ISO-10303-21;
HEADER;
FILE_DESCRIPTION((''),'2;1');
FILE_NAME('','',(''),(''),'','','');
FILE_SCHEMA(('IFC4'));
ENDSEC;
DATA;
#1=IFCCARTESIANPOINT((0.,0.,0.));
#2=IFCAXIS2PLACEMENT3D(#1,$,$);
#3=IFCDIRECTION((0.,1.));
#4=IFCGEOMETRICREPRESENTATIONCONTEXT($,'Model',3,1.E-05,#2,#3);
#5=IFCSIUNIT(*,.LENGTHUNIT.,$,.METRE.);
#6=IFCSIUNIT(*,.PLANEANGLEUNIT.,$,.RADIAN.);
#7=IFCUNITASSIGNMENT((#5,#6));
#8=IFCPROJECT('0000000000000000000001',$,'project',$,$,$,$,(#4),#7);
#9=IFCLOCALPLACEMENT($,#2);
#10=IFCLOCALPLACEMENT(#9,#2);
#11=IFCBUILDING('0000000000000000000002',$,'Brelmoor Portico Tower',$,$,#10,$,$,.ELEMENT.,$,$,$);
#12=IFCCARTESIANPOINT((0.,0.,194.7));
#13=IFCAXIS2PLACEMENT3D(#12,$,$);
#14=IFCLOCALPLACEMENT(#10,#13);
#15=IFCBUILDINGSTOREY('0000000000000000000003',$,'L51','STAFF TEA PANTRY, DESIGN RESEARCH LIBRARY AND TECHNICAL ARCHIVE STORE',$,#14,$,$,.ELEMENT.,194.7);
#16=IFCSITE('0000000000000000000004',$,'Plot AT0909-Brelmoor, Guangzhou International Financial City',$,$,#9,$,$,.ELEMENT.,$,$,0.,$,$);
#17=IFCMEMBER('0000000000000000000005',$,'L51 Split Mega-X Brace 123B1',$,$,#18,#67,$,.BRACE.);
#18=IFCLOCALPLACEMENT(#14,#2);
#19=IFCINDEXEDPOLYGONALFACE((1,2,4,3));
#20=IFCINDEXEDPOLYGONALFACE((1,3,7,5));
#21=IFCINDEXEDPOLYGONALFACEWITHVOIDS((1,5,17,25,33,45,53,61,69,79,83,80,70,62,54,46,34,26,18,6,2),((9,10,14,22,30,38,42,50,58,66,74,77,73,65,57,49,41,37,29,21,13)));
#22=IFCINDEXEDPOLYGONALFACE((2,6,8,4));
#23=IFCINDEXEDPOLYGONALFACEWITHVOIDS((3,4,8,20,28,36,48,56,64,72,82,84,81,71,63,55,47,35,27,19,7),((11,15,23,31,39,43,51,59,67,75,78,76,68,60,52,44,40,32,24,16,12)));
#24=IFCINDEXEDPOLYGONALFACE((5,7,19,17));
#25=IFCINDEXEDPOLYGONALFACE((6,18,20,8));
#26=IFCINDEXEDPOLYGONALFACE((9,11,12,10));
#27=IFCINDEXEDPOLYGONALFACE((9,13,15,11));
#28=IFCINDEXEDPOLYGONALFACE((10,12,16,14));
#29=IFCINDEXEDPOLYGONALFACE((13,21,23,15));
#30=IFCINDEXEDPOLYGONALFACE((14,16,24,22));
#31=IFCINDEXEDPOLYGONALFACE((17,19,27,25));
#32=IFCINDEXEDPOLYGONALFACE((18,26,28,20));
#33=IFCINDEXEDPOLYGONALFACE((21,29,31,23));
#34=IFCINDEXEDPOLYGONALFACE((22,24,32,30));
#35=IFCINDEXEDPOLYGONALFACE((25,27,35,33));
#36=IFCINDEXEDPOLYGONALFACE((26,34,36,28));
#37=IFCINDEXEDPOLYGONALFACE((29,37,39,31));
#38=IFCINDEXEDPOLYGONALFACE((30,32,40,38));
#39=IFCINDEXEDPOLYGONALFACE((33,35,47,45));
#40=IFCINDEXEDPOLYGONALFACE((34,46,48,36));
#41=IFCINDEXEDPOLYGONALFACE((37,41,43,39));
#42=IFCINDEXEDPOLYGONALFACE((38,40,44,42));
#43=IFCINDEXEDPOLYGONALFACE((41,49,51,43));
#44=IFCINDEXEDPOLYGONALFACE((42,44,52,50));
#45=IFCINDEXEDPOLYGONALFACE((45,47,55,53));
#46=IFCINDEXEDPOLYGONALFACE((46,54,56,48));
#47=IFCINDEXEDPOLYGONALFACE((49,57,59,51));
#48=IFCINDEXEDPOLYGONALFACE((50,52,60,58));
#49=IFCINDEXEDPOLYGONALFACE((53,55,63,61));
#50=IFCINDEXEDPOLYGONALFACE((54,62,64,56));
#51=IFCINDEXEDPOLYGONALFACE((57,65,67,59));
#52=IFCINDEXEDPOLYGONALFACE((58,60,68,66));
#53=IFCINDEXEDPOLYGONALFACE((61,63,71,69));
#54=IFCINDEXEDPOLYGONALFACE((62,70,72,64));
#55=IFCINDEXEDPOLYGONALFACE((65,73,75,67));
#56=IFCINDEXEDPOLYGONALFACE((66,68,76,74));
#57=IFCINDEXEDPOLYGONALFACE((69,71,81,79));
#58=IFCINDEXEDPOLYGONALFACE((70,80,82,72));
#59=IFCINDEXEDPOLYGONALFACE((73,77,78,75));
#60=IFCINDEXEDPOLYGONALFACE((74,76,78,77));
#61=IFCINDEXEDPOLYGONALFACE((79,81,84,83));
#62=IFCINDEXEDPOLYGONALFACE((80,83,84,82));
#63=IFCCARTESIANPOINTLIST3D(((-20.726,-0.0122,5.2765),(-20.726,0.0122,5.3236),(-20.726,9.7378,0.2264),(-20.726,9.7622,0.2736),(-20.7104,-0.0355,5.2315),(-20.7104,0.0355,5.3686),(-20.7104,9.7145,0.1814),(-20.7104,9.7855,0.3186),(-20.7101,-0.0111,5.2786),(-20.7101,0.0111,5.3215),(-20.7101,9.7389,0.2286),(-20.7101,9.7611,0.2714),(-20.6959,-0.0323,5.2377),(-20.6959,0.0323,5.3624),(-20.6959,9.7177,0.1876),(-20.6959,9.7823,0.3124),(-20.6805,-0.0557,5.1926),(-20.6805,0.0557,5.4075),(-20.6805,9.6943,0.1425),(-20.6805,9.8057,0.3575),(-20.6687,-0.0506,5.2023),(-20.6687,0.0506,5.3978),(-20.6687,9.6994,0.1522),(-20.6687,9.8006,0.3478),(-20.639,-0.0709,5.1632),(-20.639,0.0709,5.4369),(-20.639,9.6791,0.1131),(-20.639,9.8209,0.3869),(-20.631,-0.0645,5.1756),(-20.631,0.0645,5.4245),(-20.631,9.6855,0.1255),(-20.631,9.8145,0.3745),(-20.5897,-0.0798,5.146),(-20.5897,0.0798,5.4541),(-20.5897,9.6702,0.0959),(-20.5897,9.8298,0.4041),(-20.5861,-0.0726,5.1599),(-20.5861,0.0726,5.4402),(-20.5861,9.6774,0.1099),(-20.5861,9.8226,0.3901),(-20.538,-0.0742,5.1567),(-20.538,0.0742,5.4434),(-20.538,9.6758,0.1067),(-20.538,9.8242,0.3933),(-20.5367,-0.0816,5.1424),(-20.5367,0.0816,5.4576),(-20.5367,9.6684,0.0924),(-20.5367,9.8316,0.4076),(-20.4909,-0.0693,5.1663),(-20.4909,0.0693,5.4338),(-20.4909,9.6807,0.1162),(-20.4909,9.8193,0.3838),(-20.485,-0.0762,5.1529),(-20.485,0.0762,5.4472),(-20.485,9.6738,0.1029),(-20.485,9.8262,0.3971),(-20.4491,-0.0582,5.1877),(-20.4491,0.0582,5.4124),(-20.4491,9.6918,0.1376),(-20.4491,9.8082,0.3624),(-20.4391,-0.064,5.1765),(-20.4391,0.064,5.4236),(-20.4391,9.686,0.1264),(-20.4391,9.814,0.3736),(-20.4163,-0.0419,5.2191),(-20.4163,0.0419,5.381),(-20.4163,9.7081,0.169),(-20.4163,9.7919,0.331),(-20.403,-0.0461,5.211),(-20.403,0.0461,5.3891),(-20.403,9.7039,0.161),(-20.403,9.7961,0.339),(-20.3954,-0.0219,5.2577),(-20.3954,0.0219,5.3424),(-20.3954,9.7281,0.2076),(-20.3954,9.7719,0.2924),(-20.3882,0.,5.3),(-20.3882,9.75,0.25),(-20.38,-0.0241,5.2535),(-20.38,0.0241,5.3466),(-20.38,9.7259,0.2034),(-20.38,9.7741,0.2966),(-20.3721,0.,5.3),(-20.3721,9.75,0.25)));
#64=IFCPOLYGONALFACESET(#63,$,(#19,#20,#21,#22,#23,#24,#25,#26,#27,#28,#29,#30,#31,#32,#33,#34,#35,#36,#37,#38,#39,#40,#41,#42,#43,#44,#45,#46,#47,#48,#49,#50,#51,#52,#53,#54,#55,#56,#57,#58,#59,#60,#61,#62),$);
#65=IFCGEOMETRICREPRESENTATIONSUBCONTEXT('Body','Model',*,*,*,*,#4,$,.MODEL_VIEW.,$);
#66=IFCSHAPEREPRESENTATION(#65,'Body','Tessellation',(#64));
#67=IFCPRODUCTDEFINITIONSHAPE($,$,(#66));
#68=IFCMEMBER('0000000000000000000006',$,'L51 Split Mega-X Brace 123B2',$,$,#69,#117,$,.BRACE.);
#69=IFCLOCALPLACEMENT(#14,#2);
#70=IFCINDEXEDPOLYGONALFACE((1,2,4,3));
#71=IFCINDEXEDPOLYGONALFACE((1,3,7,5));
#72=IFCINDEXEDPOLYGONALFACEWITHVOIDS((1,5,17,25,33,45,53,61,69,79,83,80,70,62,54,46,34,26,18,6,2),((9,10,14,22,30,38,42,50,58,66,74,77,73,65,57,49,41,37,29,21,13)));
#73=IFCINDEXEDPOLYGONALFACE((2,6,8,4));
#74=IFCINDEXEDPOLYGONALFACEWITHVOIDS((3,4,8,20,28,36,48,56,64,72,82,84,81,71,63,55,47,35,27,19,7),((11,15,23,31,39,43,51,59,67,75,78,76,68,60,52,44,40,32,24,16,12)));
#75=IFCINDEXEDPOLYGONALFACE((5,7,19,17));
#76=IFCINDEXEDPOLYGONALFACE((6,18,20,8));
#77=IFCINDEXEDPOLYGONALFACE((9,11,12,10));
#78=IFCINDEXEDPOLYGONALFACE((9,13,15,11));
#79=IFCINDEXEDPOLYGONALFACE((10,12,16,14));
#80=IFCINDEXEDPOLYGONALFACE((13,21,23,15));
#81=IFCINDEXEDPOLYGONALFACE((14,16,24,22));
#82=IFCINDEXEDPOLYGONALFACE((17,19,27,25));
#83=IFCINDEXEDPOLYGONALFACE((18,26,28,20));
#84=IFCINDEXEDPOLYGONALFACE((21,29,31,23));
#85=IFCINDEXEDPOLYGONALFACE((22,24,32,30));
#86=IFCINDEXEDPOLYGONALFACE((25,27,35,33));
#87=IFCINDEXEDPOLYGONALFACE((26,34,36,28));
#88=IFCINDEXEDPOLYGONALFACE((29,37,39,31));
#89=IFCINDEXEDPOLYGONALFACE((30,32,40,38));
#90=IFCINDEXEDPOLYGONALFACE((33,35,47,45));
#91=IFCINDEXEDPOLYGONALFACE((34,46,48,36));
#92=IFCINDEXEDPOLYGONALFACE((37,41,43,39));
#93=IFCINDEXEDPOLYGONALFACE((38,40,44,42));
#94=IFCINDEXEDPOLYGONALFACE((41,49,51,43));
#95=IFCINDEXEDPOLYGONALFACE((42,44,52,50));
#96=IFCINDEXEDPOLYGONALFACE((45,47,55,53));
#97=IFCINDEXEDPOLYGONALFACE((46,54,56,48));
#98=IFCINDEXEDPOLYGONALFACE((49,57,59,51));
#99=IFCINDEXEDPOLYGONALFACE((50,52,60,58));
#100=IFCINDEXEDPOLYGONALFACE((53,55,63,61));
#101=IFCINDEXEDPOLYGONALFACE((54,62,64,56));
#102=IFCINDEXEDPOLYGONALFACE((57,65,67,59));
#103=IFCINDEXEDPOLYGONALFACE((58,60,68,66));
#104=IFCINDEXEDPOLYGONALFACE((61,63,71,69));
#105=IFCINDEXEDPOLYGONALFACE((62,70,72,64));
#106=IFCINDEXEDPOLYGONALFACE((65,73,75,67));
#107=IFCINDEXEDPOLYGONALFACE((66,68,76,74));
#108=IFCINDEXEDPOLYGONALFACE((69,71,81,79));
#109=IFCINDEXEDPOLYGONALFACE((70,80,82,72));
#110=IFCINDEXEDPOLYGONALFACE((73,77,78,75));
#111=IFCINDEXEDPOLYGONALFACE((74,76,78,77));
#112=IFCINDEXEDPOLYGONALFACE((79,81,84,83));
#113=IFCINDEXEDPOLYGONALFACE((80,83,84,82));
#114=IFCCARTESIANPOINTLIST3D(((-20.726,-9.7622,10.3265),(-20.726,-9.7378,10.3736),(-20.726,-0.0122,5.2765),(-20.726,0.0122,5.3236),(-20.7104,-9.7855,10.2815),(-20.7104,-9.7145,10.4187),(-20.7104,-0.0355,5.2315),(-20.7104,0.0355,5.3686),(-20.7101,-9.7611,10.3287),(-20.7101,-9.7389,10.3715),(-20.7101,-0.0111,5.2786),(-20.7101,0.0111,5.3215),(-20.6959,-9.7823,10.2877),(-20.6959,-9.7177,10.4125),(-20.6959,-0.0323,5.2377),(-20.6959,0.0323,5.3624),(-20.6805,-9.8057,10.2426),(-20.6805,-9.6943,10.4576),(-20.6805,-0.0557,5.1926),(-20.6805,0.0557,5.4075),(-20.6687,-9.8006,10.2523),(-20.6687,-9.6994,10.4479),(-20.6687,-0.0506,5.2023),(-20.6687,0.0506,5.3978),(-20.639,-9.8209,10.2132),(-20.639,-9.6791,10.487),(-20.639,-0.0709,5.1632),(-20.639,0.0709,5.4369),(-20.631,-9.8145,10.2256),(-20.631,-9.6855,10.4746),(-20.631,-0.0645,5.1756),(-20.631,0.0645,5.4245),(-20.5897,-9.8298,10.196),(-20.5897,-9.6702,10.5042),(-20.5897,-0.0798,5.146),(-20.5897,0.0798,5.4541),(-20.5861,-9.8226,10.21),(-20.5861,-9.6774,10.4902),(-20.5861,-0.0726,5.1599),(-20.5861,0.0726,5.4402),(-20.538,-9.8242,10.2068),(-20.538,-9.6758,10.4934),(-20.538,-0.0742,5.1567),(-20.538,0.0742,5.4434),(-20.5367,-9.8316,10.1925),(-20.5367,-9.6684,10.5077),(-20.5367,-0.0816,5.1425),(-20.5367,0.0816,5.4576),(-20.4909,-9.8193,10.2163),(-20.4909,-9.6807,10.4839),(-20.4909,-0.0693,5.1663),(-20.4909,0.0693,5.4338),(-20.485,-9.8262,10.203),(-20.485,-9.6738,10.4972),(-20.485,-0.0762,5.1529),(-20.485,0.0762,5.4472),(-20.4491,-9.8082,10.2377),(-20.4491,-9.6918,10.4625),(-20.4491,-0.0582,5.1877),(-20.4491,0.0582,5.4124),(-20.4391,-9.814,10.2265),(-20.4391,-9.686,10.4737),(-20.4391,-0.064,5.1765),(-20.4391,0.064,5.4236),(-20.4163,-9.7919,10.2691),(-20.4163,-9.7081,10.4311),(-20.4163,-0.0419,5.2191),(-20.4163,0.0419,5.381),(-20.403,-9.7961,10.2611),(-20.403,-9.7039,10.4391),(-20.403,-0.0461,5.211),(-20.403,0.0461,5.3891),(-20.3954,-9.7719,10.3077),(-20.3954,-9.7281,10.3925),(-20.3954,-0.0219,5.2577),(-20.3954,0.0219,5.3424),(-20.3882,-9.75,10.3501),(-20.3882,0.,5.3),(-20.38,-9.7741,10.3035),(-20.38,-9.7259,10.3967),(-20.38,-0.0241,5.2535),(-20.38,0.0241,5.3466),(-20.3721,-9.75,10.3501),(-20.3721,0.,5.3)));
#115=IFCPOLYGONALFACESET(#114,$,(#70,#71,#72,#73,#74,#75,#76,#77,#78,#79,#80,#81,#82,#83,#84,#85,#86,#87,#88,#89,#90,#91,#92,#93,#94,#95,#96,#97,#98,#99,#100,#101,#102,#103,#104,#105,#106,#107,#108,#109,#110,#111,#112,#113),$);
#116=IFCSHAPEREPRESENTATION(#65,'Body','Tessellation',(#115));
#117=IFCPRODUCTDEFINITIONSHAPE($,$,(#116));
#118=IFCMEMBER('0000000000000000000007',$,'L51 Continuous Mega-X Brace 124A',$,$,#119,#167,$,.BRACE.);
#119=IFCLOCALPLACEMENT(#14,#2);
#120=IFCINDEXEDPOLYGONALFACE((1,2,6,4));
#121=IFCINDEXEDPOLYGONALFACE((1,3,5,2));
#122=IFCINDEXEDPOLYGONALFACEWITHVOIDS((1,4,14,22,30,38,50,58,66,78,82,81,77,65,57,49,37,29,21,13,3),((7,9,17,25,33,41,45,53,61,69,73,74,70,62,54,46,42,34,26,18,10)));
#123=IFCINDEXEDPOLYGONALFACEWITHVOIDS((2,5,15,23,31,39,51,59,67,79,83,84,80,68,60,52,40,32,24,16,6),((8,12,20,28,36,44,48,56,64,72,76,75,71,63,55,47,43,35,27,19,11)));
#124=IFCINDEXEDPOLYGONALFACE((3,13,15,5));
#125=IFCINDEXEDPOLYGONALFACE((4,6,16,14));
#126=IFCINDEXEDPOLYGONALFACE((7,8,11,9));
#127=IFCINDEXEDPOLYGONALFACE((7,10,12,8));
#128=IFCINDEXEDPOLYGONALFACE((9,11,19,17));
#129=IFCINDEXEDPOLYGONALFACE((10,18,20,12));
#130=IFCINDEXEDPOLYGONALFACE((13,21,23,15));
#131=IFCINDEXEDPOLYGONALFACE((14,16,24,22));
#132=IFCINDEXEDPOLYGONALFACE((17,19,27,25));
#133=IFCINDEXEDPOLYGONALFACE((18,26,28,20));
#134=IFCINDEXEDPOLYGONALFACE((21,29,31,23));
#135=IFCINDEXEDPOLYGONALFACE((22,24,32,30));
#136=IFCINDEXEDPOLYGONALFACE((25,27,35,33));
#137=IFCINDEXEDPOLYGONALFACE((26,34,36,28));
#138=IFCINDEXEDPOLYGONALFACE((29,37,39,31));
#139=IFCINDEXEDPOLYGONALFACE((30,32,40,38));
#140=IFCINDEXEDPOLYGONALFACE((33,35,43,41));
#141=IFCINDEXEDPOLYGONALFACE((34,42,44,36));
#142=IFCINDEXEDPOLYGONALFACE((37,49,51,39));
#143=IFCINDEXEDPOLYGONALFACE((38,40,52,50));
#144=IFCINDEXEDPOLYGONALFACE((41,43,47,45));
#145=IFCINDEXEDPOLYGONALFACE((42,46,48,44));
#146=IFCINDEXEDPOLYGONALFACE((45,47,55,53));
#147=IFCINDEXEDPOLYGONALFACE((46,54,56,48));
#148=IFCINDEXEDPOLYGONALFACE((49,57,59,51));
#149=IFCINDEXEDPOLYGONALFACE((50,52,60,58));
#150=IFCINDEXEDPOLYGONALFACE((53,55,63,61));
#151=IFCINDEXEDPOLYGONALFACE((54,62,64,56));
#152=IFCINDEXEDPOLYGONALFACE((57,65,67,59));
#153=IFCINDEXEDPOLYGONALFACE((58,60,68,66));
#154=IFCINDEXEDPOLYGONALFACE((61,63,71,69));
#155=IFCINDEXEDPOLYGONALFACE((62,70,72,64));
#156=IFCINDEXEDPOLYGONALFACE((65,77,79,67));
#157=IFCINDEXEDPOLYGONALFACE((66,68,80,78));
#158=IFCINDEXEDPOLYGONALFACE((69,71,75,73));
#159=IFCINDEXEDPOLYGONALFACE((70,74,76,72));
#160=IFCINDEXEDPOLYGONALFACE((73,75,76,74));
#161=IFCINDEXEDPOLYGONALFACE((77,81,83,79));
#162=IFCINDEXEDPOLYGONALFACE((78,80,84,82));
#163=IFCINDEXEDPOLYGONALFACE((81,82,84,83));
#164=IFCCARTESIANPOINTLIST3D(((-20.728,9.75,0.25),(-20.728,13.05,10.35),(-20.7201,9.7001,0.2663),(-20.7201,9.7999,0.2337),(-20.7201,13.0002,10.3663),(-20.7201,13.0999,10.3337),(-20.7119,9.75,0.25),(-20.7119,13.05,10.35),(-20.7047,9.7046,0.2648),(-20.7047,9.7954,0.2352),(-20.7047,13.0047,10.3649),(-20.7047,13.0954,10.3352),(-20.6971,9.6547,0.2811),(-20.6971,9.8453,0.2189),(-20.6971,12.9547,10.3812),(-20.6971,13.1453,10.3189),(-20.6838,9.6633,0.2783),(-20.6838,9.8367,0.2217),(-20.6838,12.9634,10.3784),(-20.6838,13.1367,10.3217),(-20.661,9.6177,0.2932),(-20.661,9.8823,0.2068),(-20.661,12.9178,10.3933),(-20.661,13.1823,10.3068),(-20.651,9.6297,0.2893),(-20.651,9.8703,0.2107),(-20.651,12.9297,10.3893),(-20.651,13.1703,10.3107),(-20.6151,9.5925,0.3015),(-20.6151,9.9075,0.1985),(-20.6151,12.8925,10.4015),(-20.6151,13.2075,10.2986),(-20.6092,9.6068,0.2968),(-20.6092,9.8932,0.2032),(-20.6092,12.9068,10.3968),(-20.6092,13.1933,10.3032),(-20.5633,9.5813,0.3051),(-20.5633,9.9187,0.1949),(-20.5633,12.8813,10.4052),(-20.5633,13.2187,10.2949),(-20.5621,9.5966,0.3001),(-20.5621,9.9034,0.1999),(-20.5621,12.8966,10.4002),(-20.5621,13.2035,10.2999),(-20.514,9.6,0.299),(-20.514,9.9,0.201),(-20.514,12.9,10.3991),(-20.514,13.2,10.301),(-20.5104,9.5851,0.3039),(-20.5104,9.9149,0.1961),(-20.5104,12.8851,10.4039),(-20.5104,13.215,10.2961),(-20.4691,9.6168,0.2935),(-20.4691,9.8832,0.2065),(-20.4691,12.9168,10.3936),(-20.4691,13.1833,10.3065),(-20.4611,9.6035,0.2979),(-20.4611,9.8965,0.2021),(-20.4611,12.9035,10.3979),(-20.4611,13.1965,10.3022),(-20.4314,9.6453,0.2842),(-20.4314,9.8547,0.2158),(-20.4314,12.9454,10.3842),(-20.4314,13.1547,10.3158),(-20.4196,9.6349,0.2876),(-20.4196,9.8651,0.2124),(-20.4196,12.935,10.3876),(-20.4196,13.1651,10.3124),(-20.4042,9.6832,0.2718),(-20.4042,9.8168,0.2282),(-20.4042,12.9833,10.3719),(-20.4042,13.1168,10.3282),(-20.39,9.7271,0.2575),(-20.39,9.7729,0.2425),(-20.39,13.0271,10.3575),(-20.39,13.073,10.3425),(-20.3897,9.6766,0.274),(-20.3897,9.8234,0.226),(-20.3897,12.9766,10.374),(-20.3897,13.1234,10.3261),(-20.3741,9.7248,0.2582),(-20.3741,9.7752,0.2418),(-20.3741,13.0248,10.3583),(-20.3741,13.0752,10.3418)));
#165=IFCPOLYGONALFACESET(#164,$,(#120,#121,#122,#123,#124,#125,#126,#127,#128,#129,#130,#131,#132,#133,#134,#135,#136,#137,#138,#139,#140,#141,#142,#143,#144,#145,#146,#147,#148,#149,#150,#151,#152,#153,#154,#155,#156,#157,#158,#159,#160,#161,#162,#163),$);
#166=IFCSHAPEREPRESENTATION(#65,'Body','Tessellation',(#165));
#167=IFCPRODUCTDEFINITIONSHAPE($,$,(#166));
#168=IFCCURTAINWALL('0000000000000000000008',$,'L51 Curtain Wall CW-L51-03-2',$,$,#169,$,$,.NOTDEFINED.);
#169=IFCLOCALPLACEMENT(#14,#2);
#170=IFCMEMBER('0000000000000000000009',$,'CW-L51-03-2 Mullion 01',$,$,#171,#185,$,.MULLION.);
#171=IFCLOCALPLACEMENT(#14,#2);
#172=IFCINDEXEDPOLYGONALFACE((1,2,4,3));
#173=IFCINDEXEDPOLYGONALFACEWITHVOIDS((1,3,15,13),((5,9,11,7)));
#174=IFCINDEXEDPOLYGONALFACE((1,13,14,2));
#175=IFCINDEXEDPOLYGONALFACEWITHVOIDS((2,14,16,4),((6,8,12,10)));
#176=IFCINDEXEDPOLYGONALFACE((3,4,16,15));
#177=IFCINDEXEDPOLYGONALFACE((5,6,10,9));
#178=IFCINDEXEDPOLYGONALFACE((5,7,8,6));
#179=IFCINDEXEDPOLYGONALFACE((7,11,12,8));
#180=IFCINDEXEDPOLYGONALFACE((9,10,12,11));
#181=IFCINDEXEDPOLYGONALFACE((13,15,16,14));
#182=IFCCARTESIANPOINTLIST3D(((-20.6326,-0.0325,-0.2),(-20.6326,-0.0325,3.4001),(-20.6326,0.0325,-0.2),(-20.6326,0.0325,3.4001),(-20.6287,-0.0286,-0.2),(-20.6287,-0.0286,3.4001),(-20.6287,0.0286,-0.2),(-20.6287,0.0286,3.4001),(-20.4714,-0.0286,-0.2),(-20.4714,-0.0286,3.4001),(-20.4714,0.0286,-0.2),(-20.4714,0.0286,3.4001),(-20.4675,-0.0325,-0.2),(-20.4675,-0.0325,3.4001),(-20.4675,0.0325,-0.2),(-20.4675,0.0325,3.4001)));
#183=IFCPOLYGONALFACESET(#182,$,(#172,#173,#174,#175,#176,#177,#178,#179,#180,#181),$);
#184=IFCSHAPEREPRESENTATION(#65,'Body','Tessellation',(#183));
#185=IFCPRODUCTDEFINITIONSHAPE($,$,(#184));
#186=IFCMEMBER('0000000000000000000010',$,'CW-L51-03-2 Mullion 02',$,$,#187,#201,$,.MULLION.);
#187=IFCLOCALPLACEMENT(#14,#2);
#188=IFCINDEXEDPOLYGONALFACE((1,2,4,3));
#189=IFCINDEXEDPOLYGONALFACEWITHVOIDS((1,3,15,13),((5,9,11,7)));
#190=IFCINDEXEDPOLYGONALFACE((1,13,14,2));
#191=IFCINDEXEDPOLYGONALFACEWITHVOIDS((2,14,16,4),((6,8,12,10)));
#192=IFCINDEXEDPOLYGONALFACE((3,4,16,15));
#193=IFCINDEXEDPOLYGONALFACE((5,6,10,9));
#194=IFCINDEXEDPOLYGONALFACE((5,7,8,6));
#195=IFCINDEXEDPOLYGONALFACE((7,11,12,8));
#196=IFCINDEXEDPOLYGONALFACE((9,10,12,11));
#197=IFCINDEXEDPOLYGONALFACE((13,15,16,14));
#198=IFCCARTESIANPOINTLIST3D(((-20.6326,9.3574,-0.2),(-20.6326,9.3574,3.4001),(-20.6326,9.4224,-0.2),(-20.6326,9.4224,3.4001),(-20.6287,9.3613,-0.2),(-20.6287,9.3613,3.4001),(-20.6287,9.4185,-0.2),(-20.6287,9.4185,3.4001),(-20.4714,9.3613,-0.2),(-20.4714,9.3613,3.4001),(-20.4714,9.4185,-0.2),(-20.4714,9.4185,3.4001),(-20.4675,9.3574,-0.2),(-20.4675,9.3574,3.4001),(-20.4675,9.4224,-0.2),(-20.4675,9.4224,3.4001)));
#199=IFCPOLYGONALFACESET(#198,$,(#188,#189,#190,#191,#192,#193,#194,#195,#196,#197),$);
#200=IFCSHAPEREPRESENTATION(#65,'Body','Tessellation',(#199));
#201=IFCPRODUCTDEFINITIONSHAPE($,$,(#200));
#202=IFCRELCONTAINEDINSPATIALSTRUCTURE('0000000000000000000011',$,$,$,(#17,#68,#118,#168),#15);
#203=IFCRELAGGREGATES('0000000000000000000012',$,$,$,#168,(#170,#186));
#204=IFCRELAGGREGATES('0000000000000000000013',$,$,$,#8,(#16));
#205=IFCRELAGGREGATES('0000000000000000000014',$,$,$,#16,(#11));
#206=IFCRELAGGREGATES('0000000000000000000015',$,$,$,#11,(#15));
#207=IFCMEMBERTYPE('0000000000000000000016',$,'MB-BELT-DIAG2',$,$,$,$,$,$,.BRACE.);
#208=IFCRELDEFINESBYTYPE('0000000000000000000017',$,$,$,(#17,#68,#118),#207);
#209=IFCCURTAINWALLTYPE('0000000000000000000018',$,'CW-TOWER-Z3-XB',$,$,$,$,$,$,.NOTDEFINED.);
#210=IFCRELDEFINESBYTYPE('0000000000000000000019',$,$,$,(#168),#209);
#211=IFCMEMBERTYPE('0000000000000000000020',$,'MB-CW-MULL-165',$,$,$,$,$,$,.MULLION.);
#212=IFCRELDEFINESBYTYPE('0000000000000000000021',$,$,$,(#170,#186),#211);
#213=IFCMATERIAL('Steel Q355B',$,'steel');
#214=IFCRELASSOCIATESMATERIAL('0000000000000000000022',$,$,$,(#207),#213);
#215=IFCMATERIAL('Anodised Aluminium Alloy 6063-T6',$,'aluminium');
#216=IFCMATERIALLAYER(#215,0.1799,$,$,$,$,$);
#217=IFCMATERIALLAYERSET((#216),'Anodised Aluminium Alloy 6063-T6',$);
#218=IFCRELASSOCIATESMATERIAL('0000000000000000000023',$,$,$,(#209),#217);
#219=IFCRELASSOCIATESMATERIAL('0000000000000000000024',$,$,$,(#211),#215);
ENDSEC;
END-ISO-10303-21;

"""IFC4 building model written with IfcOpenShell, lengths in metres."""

from ifc_helpers import new_model, si_unit, direction, frame, origin, origin_2d, place, context, subcontext, project, spatial, hollow_rectangle, hollow_circle, extrude, material, layer, layer_set, material_profile, profile_set, type_object, element, aggregate, save


model = new_model("IFC4")

# Units and contexts
model_context = context("Model", 3, precision=1e-05, world=origin(), true_north=direction((0.0, 1.0)))
body_context = subcontext(model_context, "Body", "Model", "MODEL_VIEW")
ifc_project = project(units=[si_unit("LENGTHUNIT", "METRE"), si_unit("PLANEANGLEUNIT", "RADIAN")], contexts=[model_context])

# Site, building, storey
site_placement = place(None, origin())
site = spatial("IfcSite", under=ifc_project, at=site_placement, Name="Plot AT0909-Brelmoor, Guangzhou International Financial City", CompositionType="ELEMENT", RefElevation=0.0)
building_placement = place(site_placement, origin())
building = spatial("IfcBuilding", under=site, at=building_placement, Name="Brelmoor Portico Tower", CompositionType="ELEMENT")
storey_placement = place(building_placement, frame((0.0, 0.0, 194.7)))
storey = spatial("IfcBuildingStorey", under=building, at=storey_placement, Name="L51", Description="STAFF TEA PANTRY, DESIGN RESEARCH LIBRARY AND TECHNICAL ARCHIVE STORE", CompositionType="ELEMENT", Elevation=194.7)

# Shared definitions
ifc_material_1 = material(Name="Steel Q355B", Category="steel")

# Members
ifc_material_profile_1 = material_profile(ifc_material_1, hollow_circle(Radius=0.178, WallThickness=0.0161, at=origin_2d()), Name="CHS 356x16")
ifc_profile_set_1 = profile_set([ifc_material_profile_1], Name="Steel Q355B")
member_type_1 = type_object("IfcMemberType", Name="MB-BELT-DIAG2", PredefinedType="BRACE", material=ifc_profile_set_1)
for number, where, z_axis, x_axis, name in (
    (1, (-20.55, 9.75, 0.25), (0.0, -0.887959, 0.459922), (1.0, 0.0, 0.0), "L51 Split Mega-X Brace 123B1"),
    (2, (-20.55, 0.0, 5.3), (0.0, -0.887959, 0.459922), (1.0, 0.0, 0.0), "L51 Split Mega-X Brace 123B2"),
):
    element("IfcMember", number, at=place(storey_placement, frame(where, z_axis=z_axis, x_axis=x_axis)), inside=storey, type_object=member_type_1, Name=name, PredefinedType="BRACE", context=body_context, shape_type="SweptSolid", body=[
        extrude(hollow_circle(Radius=0.178, WallThickness=0.0161, at=origin_2d()), origin(), (0.0, 0.0, 1.0), 10.9802),
    ])
member_1_placement = place(storey_placement, frame((-20.55, 9.75, 0.25), z_axis=(0.0, 0.310577, 0.950548), x_axis=(-1.0, 0.0, 0.0)))
element("IfcMember", 3, at=member_1_placement, inside=storey, type_object=member_type_1, Name="L51 Continuous Mega-X Brace 124A", PredefinedType="BRACE", context=body_context, shape_type="SweptSolid", body=[
    extrude(hollow_circle(Radius=0.178, WallThickness=0.0161, at=origin_2d()), origin(), (0.0, 0.0, 1.0), 10.6255),
])

# Curtain wall, members
ifc_material_2 = material(Name="Anodised Aluminium Alloy 6063-T6", Category="aluminium")
ifc_layer_1 = layer(ifc_material_2, 0.1799)
ifc_layer_set_1 = layer_set([ifc_layer_1], Name="Anodised Aluminium Alloy 6063-T6")
curtain_wall_type = type_object("IfcCurtainWallType", Name="CW-TOWER-Z3-XB", PredefinedType="NOTDEFINED", material=ifc_layer_set_1)
curtain_wall_1_placement = place(storey_placement, origin())
curtain_wall_1 = element("IfcCurtainWall", 4, at=curtain_wall_1_placement, inside=storey, type_object=curtain_wall_type, Name="L51 Curtain Wall CW-L51-03-2", PredefinedType="NOTDEFINED")
ifc_material_profile_2 = material_profile(ifc_material_2, hollow_rectangle(XDim=0.0649, YDim=0.165, WallThickness=0.0039, at=origin_2d()), Name="ALU MULLION 65x165")
ifc_profile_set_2 = profile_set([ifc_material_profile_2], Name="Anodised Aluminium Alloy 6063-T6")
member_type_2 = type_object("IfcMemberType", Name="MB-CW-MULL-165", PredefinedType="MULLION", material=ifc_profile_set_2)
member_2_placement = place(storey_placement, frame((-20.55, 0.0, -0.2), z_axis=(0.0, 0.0, 1.0), x_axis=(0.0, 1.0, 0.0)))
member_2 = element("IfcMember", 5, at=member_2_placement, type_object=member_type_2, Name="CW-L51-03-2 Mullion 01", PredefinedType="MULLION", context=body_context, shape_type="SweptSolid", body=[
    extrude(hollow_rectangle(XDim=0.0649, YDim=0.165, WallThickness=0.0039, at=origin_2d()), origin(), (0.0, 0.0, 1.0), 3.6001),
])
member_3_placement = place(storey_placement, frame((-20.55, 9.3899, -0.2), z_axis=(0.0, 0.0, 1.0), x_axis=(0.0, 1.0, 0.0)))
member_3 = element("IfcMember", 6, at=member_3_placement, type_object=member_type_2, Name="CW-L51-03-2 Mullion 02", PredefinedType="MULLION", context=body_context, shape_type="SweptSolid", body=[
    extrude(hollow_rectangle(XDim=0.0649, YDim=0.165, WallThickness=0.0039, at=origin_2d()), origin(), (0.0, 0.0, 1.0), 3.6001),
])

aggregate(curtain_wall_1, [member_2, member_3])

save(model, "model.ifc")
